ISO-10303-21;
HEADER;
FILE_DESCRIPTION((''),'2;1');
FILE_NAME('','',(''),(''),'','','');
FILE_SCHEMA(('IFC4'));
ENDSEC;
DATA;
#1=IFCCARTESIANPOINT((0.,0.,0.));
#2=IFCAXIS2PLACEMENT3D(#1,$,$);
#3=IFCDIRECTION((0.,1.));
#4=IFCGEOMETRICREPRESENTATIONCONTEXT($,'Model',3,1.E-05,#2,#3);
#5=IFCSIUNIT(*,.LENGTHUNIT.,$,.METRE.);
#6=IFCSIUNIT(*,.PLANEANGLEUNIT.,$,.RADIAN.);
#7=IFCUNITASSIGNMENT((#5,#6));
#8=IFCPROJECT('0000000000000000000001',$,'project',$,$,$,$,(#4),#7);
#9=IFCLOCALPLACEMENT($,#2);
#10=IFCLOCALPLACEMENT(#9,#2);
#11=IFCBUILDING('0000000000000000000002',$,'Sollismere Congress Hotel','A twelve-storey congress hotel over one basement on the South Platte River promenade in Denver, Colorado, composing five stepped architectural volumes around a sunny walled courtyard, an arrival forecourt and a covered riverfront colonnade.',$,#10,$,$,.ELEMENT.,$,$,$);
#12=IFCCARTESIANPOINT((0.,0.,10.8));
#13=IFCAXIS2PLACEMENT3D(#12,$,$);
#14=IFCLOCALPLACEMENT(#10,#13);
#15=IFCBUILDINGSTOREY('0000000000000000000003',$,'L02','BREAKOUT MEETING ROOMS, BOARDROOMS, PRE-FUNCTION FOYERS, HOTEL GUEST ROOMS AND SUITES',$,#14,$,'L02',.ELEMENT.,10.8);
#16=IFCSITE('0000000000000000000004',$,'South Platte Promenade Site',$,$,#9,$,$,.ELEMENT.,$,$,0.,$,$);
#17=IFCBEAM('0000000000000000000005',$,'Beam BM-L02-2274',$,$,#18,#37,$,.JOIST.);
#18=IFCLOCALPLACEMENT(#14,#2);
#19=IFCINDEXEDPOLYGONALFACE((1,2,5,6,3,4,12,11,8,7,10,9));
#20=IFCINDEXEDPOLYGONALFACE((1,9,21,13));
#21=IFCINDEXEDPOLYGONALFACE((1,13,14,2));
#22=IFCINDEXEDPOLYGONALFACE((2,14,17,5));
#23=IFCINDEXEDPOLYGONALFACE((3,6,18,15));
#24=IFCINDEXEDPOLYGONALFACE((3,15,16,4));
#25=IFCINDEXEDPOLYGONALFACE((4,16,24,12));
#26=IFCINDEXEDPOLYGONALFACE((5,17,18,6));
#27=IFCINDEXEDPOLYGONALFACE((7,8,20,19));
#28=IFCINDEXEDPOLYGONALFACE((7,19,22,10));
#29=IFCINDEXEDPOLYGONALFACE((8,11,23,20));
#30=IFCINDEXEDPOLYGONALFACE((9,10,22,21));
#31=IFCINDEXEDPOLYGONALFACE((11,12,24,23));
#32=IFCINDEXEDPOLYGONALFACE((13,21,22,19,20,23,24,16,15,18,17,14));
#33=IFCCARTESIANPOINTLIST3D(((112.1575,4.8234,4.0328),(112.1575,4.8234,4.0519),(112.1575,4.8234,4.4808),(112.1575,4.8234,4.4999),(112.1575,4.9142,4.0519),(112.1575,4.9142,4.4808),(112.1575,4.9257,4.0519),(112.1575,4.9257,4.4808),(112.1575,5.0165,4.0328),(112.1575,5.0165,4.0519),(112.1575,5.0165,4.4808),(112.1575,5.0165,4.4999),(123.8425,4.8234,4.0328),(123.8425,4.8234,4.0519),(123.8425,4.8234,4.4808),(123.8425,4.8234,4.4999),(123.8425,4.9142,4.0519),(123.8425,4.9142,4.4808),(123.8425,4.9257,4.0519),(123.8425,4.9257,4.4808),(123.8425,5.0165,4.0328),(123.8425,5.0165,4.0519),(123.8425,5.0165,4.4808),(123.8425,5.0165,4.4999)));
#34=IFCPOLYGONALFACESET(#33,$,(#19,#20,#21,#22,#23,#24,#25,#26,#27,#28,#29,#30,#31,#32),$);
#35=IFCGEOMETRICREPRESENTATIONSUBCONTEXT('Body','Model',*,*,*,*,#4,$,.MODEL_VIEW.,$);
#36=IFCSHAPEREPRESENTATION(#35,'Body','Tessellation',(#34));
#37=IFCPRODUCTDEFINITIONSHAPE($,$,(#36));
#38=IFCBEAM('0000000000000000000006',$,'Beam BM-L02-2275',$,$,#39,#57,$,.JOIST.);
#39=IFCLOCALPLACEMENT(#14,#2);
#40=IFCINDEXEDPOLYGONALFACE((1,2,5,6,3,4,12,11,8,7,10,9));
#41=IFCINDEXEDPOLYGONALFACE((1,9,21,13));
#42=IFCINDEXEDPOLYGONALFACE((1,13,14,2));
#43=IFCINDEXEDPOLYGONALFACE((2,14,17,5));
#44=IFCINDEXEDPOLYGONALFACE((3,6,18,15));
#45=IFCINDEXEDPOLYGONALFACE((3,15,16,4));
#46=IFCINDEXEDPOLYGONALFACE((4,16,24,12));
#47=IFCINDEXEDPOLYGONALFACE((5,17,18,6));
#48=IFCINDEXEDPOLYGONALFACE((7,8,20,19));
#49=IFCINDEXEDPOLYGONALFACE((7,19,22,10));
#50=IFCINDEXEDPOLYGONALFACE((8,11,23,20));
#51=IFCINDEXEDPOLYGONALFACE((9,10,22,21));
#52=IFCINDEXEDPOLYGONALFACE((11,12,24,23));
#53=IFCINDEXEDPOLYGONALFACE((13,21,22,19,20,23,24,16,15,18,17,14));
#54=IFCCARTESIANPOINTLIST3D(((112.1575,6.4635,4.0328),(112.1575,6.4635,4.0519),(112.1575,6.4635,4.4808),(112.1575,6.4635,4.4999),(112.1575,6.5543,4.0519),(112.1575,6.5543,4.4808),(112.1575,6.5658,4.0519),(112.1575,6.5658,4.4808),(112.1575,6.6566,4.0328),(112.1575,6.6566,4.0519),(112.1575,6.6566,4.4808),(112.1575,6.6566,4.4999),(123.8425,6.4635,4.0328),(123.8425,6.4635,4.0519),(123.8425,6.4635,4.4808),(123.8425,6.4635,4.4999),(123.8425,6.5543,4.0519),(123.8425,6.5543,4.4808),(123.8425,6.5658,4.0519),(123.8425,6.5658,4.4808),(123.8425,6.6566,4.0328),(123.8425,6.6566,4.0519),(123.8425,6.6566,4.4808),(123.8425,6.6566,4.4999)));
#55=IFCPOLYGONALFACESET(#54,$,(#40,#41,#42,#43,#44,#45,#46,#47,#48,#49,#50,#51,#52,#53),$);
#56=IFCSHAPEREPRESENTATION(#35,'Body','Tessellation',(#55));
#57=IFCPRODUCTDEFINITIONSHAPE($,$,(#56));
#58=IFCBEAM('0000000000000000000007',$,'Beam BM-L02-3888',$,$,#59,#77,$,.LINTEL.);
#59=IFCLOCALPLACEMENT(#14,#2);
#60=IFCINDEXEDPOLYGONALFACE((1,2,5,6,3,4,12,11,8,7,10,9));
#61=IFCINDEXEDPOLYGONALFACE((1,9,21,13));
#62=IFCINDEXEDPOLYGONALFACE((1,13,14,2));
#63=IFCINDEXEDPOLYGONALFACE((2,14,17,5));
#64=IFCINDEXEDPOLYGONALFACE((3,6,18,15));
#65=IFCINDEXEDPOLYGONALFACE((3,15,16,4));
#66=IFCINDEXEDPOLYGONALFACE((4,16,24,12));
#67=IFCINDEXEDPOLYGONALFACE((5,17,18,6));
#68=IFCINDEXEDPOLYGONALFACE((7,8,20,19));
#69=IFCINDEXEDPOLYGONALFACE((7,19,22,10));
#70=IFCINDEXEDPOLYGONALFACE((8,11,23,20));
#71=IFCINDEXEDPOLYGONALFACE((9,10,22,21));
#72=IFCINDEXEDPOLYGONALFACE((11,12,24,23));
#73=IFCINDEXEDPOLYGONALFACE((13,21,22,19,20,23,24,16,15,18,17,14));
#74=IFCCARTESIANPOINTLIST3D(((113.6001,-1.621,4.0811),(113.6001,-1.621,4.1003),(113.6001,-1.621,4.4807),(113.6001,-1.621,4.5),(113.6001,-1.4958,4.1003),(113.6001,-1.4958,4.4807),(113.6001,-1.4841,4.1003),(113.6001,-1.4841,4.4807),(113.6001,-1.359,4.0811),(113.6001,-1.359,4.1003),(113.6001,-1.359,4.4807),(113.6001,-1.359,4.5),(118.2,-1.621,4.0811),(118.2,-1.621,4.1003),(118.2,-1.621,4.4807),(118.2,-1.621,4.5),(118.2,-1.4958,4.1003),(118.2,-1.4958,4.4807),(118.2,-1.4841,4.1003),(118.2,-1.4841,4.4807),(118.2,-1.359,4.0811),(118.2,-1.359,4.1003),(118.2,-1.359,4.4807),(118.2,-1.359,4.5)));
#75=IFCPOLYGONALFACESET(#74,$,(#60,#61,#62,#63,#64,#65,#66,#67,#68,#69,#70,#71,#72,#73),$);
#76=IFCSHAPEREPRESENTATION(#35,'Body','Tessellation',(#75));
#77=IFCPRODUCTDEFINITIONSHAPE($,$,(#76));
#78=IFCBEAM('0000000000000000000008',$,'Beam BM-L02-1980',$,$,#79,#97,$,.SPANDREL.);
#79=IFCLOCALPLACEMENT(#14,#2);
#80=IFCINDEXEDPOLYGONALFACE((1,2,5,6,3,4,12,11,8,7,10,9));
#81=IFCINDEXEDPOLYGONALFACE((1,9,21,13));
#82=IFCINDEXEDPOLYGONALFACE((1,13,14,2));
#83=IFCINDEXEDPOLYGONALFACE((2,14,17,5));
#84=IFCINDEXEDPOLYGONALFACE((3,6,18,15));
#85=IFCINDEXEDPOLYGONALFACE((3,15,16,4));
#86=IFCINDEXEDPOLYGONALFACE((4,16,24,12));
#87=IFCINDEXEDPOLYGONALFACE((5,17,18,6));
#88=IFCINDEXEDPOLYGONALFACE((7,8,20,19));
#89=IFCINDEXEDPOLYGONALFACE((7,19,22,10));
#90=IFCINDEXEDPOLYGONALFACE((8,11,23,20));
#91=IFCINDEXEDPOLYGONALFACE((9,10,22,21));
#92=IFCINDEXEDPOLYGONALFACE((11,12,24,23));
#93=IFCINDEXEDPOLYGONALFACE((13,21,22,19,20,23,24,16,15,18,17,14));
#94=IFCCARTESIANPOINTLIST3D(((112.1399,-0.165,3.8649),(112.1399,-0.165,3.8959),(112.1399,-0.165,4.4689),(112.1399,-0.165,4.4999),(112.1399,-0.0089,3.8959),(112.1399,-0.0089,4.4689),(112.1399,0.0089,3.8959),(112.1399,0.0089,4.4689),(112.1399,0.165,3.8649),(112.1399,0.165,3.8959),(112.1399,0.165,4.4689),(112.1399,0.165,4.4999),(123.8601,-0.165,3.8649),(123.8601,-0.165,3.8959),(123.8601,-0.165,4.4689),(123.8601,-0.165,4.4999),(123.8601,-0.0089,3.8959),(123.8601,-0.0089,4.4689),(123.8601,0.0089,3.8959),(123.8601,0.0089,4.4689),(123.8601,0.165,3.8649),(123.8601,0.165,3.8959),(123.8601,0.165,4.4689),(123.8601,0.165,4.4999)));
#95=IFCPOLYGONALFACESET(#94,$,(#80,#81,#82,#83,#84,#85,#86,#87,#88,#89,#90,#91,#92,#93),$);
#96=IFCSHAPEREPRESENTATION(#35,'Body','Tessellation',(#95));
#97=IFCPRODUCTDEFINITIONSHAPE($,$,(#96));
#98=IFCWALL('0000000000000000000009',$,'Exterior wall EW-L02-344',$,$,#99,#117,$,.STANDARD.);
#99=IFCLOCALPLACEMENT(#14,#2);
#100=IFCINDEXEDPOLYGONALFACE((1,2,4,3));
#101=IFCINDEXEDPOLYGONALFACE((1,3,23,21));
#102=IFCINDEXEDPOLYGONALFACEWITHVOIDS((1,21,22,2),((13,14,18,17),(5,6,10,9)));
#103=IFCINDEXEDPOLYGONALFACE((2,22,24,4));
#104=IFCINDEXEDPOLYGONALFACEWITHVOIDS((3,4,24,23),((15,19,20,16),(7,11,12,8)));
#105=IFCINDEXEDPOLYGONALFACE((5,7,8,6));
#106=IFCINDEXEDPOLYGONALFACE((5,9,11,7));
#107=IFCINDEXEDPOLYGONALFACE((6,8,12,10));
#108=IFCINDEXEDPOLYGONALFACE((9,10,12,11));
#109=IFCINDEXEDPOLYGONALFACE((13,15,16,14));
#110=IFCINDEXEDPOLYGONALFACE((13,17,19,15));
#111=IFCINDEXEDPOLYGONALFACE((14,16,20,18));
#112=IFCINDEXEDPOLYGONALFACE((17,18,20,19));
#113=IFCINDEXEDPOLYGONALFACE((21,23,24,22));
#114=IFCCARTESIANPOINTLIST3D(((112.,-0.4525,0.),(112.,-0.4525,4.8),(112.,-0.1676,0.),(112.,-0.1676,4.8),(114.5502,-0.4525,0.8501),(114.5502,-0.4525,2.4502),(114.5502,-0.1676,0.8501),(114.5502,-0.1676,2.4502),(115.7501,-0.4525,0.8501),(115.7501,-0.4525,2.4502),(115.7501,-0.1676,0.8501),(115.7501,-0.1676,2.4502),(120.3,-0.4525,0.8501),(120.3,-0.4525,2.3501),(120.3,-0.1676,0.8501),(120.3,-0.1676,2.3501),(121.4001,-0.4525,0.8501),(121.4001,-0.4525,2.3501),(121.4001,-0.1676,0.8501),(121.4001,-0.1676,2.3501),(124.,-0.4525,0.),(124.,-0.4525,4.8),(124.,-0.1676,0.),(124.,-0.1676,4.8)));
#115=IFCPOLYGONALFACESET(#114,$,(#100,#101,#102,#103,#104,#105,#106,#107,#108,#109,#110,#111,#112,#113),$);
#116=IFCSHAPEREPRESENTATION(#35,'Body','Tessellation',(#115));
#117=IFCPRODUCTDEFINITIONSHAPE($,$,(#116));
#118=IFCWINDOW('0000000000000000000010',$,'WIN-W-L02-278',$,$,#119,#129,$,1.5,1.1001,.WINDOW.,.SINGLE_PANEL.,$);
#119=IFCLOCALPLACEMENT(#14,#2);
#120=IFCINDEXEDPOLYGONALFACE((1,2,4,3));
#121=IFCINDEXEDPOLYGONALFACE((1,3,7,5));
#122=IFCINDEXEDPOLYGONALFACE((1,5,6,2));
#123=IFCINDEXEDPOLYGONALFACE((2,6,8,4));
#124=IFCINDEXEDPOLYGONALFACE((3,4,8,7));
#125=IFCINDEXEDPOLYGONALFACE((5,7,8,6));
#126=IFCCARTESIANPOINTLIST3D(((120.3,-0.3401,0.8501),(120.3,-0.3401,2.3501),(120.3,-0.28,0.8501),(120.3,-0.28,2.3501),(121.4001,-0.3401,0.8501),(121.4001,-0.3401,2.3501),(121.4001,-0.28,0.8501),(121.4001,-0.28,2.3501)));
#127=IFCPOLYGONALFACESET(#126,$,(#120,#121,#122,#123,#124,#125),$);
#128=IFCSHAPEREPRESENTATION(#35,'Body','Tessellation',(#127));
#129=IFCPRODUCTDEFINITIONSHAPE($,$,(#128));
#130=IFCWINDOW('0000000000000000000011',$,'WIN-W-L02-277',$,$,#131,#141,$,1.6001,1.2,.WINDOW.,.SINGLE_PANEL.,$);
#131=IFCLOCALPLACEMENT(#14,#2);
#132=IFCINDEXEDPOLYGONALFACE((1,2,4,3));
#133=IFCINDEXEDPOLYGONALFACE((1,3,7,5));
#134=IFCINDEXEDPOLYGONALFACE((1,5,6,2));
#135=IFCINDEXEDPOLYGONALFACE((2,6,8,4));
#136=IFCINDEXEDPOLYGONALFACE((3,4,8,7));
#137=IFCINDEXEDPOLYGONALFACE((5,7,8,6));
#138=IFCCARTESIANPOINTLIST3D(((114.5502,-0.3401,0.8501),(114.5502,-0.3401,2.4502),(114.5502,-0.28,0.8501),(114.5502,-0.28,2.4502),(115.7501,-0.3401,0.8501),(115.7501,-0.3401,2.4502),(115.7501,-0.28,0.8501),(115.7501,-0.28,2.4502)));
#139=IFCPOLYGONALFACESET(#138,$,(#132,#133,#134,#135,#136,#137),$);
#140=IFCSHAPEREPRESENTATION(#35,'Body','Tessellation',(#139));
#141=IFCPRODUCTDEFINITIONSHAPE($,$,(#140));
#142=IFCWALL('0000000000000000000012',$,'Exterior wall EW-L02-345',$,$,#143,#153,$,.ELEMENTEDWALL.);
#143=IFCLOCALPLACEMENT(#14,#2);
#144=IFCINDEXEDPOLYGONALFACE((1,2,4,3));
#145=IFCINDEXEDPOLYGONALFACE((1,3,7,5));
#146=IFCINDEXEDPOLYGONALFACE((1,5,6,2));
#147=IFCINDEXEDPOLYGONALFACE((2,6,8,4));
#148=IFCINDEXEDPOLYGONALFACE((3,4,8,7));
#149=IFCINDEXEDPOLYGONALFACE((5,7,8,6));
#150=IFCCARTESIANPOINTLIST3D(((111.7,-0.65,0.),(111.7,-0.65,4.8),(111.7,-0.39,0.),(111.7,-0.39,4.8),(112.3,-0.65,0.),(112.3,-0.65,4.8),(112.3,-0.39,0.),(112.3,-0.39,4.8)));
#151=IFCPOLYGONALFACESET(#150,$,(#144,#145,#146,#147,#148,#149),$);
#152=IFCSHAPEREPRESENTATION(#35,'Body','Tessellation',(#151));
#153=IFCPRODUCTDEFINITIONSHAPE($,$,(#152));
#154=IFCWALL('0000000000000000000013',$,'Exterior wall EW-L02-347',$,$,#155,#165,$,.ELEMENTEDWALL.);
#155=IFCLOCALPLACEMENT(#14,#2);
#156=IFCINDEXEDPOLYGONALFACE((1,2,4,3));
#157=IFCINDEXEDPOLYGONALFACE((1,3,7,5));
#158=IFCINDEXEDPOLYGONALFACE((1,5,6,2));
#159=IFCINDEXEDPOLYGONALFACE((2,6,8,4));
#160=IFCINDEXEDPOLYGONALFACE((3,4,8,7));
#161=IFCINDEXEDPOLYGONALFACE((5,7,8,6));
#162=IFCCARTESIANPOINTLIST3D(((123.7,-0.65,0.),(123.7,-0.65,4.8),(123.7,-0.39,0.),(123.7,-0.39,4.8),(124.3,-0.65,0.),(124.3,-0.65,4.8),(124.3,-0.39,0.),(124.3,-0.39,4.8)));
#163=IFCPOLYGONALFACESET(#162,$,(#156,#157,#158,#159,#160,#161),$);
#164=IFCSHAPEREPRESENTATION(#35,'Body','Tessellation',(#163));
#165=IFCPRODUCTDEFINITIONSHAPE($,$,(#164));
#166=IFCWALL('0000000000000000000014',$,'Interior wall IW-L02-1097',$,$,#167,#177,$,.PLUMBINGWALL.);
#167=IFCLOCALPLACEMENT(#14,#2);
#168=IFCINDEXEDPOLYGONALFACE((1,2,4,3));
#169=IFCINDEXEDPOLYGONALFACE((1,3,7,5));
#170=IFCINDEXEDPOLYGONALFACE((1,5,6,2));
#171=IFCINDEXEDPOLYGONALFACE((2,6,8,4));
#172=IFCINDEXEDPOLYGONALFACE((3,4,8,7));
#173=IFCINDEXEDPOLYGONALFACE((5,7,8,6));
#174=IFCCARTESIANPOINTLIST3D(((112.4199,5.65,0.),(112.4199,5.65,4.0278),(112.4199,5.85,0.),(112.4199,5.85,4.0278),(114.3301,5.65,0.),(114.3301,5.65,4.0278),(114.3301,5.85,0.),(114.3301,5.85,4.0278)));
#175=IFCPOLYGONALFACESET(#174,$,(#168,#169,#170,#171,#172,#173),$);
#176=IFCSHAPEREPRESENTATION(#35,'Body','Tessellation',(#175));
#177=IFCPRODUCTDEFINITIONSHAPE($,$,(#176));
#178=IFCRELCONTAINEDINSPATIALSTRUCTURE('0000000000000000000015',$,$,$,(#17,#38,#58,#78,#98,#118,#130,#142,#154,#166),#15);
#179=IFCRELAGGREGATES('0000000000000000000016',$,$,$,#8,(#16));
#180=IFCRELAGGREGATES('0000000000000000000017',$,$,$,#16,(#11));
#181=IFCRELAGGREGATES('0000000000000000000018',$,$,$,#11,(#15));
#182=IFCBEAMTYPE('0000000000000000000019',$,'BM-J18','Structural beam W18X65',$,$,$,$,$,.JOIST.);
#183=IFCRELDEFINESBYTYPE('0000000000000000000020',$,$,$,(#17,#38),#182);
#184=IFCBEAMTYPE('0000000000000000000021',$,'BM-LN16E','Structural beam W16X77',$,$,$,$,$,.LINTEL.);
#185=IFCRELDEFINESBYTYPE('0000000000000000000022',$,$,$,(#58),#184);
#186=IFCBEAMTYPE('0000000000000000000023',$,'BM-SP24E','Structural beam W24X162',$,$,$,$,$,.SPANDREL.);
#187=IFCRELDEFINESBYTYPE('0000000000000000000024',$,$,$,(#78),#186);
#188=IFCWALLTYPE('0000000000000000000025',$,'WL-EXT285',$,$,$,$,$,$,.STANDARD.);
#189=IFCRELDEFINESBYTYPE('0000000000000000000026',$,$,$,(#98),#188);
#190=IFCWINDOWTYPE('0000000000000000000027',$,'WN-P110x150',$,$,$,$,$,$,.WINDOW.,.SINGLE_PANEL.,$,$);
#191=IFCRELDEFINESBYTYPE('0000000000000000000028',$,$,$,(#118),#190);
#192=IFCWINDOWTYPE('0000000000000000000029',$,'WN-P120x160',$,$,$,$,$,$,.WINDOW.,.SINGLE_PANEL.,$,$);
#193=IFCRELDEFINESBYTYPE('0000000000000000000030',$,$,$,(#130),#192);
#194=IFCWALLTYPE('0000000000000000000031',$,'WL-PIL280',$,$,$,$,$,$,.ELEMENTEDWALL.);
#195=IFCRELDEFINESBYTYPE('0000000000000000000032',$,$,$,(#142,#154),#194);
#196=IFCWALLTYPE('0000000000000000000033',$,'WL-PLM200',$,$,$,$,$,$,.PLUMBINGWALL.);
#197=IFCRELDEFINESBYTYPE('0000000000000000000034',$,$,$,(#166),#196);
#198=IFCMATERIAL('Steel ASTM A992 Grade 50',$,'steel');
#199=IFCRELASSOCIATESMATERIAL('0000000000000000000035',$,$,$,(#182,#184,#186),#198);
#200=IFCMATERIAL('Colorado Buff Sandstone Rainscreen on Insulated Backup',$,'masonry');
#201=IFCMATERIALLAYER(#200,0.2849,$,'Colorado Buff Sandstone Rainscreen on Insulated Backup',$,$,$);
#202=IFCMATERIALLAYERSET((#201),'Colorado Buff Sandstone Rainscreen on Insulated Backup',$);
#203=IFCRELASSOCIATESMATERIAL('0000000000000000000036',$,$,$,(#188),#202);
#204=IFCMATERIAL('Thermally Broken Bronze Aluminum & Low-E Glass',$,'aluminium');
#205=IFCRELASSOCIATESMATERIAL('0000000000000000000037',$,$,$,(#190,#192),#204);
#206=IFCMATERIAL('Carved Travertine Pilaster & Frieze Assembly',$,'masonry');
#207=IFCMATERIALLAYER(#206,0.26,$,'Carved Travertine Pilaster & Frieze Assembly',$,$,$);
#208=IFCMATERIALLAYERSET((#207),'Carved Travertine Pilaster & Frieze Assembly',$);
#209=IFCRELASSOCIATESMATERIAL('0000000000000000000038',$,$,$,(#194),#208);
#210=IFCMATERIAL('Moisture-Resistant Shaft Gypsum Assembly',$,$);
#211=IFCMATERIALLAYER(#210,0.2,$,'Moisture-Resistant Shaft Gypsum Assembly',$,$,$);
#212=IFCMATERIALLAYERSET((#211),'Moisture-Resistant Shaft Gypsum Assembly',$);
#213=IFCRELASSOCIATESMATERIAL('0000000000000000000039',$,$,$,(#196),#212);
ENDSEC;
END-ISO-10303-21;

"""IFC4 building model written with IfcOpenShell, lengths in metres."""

from ifc_helpers import new_model, si_unit, direction, frame, frame_2d, origin, origin_2d, place, context, subcontext, project, spatial, rectangle, i_section, extrude, material, layer, layer_set, material_profile, profile_set, type_object, element, fill, save


model = new_model("IFC4")

# Units and contexts
model_context = context("Model", 3, precision=1e-05, world=origin(), true_north=direction((0.0, 1.0)))
body_context = subcontext(model_context, "Body", "Model", "MODEL_VIEW")
ifc_project = project(units=[si_unit("LENGTHUNIT", "METRE"), si_unit("PLANEANGLEUNIT", "RADIAN")], contexts=[model_context])

# Site, building, storey
site_placement = place(None, origin())
site = spatial("IfcSite", under=ifc_project, at=site_placement, Name="South Platte Promenade Site", CompositionType="ELEMENT", RefElevation=0.0)
building_placement = place(site_placement, origin())
building = spatial("IfcBuilding", under=site, at=building_placement, Name="Sollismere Congress Hotel", Description="A twelve-storey congress hotel over one basement on the South Platte River promenade in Denver, Colorado, composing five stepped architectural volumes around a sunny walled courtyard, an arrival forecourt and a covered riverfront colonnade.", CompositionType="ELEMENT")
storey_placement = place(building_placement, frame((0.0, 0.0, 10.8)))
storey = spatial("IfcBuildingStorey", under=building, at=storey_placement, Name="L02", Description="BREAKOUT MEETING ROOMS, BOARDROOMS, PRE-FUNCTION FOYERS, HOTEL GUEST ROOMS AND SUITES", LongName="L02", CompositionType="ELEMENT", Elevation=10.8)

# Shared definitions
ifc_material_1 = material(Name="Steel ASTM A992 Grade 50", Category="steel")

# Beams
ifc_material_profile_1 = material_profile(ifc_material_1, i_section(OverallWidth=0.1931, OverallDepth=0.467, WebThickness=0.0115, FlangeThickness=0.019, at=origin_2d()), Name="W18X65")
ifc_profile_set_1 = profile_set([ifc_material_profile_1], Name="Steel ASTM A992 Grade 50")
beam_type_1 = type_object("IfcBeamType", Name="BM-J18", Description="Structural beam W18X65", PredefinedType="JOIST", material=ifc_profile_set_1)
for number, where, z_axis, x_axis, name in (
    (1, (112.1575, 4.9199, 4.2664), (1.0, 0.0, 0.0), (0.0, 1.0, 0.0), "Beam BM-L02-2274"),
    (2, (112.1575, 6.5601, 4.2664), (1.0, 0.0, 0.0), (0.0, 1.0, 0.0), "Beam BM-L02-2275"),
):
    element("IfcBeam", number, at=place(storey_placement, frame(where, z_axis=z_axis, x_axis=x_axis)), inside=storey, type_object=beam_type_1, Name=name, PredefinedType="JOIST", context=body_context, shape_type="SweptSolid", body=[
        extrude(i_section(OverallWidth=0.1931, OverallDepth=0.467, WebThickness=0.0115, FlangeThickness=0.019, at=origin_2d()), origin(), (0.0, 0.0, 1.0), 11.6851),
    ])
ifc_material_profile_2 = material_profile(ifc_material_1, i_section(OverallWidth=0.262, OverallDepth=0.4189, WebThickness=0.0117, FlangeThickness=0.0193, at=origin_2d()), Name="W16X77")
ifc_profile_set_2 = profile_set([ifc_material_profile_2], Name="Steel ASTM A992 Grade 50")
beam_type_2 = type_object("IfcBeamType", Name="BM-LN16E", Description="Structural beam W16X77", PredefinedType="LINTEL", material=ifc_profile_set_2)
beam_1_placement = place(storey_placement, frame((113.6001, -1.49, 4.2905), z_axis=(1.0, 0.0, 0.0), x_axis=(0.0, 1.0, 0.0)))
element("IfcBeam", 3, at=beam_1_placement, inside=storey, type_object=beam_type_2, Name="Beam BM-L02-3888", PredefinedType="LINTEL", context=body_context, shape_type="SweptSolid", body=[
    extrude(i_section(OverallWidth=0.262, OverallDepth=0.4189, WebThickness=0.0117, FlangeThickness=0.0193, at=origin_2d()), origin(), (0.0, 0.0, 1.0), 4.5999),
])
ifc_material_profile_3 = material_profile(ifc_material_1, i_section(OverallWidth=0.3301, OverallDepth=0.635, WebThickness=0.0178, FlangeThickness=0.031, at=origin_2d()), Name="W24X162")
ifc_profile_set_3 = profile_set([ifc_material_profile_3], Name="Steel ASTM A992 Grade 50")
beam_type_3 = type_object("IfcBeamType", Name="BM-SP24E", Description="Structural beam W24X162", PredefinedType="SPANDREL", material=ifc_profile_set_3)
beam_2_placement = place(storey_placement, frame((112.1399, 0.0, 4.1824), z_axis=(1.0, 0.0, 0.0), x_axis=(0.0, 1.0, 0.0)))
element("IfcBeam", 4, at=beam_2_placement, inside=storey, type_object=beam_type_3, Name="Beam BM-L02-1980", PredefinedType="SPANDREL", context=body_context, shape_type="SweptSolid", body=[
    extrude(i_section(OverallWidth=0.3301, OverallDepth=0.635, WebThickness=0.0178, FlangeThickness=0.031, at=origin_2d()), origin(), (0.0, 0.0, 1.0), 11.7202),
])

# Wall, openings, windows
ifc_material_2 = material(Name="Colorado Buff Sandstone Rainscreen on Insulated Backup", Category="masonry")
ifc_layer_1 = layer(ifc_material_2, 0.2849, Name="Colorado Buff Sandstone Rainscreen on Insulated Backup")
ifc_layer_set_1 = layer_set([ifc_layer_1], Name="Colorado Buff Sandstone Rainscreen on Insulated Backup")
wall_type_1 = type_object("IfcWallType", Name="WL-EXT285", PredefinedType="STANDARD", material=ifc_layer_set_1)
wall_1_placement = place(storey_placement, frame((112.0, -0.3101, 0.0), z_axis=(0.0, 0.0, 1.0), x_axis=(1.0, 0.0, 0.0)))
wall_1 = element("IfcWall", 5, at=wall_1_placement, inside=storey, type_object=wall_type_1, Name="Exterior wall EW-L02-344", PredefinedType="STANDARD", context=body_context, shape_type="SweptSolid", body=[
    extrude(rectangle(XDim=12.0, YDim=0.2849, at=frame_2d((6.0, 0.0))), origin(), (0.0, 0.0, 1.0), 4.8),
])
opening_1_placement = place(wall_1_placement, frame((2.55, 0.0, 0.8501)))
opening_1 = element("IfcOpeningElement", 6, at=opening_1_placement, cuts=wall_1, PredefinedType="OPENING", context=body_context, shape_type="SweptSolid", body=[
    extrude(rectangle(XDim=1.2, YDim=1.6001, at=frame_2d((0.6001, 0.8))), frame((0.0, 0.1523, 0.0), z_axis=(0.0, -1.0, 0.0), x_axis=(1.0, 0.0, 0.0)), (0.0, 0.0, 1.0), 0.3049),
])
opening_2_placement = place(wall_1_placement, frame((8.3, 0.0, 0.8501)))
opening_2 = element("IfcOpeningElement", 7, at=opening_2_placement, cuts=wall_1, PredefinedType="OPENING", context=body_context, shape_type="SweptSolid", body=[
    extrude(rectangle(XDim=1.1001, YDim=1.5, at=frame_2d((0.55, 0.75))), frame((0.0, 0.1523, 0.0), z_axis=(0.0, -1.0, 0.0), x_axis=(1.0, 0.0, 0.0)), (0.0, 0.0, 1.0), 0.3049),
])
ifc_material_3 = material(Name="Thermally Broken Bronze Aluminum & Low-E Glass", Category="aluminium")
window_type_1 = type_object("IfcWindowType", Name="WN-P110x150", PartitioningType="SINGLE_PANEL", PredefinedType="WINDOW", material=ifc_material_3)
window_1_placement = place(opening_2_placement, origin())
window_1 = element("IfcWindow", 8, at=window_1_placement, inside=storey, type_object=window_type_1, Name="WIN-W-L02-278", OverallHeight=1.5, OverallWidth=1.1001, PartitioningType="SINGLE_PANEL", PredefinedType="WINDOW", context=body_context, shape_type="SweptSolid", body=[
    extrude(rectangle(XDim=1.1001, YDim=1.5, at=frame_2d((0.55, 0.75))), frame((0.0, 0.03, 0.0), z_axis=(0.0, -1.0, 0.0), x_axis=(1.0, 0.0, 0.0)), (0.0, 0.0, 1.0), 0.0601),
])
fill(opening_2, window_1)
window_type_2 = type_object("IfcWindowType", Name="WN-P120x160", PartitioningType="SINGLE_PANEL", PredefinedType="WINDOW", material=ifc_material_3)
window_2_placement = place(opening_1_placement, origin())
window_2 = element("IfcWindow", 9, at=window_2_placement, inside=storey, type_object=window_type_2, Name="WIN-W-L02-277", OverallHeight=1.6001, OverallWidth=1.2, PartitioningType="SINGLE_PANEL", PredefinedType="WINDOW", context=body_context, shape_type="SweptSolid", body=[
    extrude(rectangle(XDim=1.2, YDim=1.6001, at=frame_2d((0.6001, 0.8))), frame((0.0, 0.03, 0.0), z_axis=(0.0, -1.0, 0.0), x_axis=(1.0, 0.0, 0.0)), (0.0, 0.0, 1.0), 0.0601),
])
fill(opening_1, window_2)

# Walls
ifc_material_4 = material(Name="Carved Travertine Pilaster & Frieze Assembly", Category="masonry")
ifc_layer_2 = layer(ifc_material_4, 0.26, Name="Carved Travertine Pilaster & Frieze Assembly")
ifc_layer_set_2 = layer_set([ifc_layer_2], Name="Carved Travertine Pilaster & Frieze Assembly")
wall_type_2 = type_object("IfcWallType", Name="WL-PIL280", PredefinedType="ELEMENTEDWALL", material=ifc_layer_set_2)
for number, where, z_axis, x_axis, name in (
    (10, (111.7, -0.52, 0.0), (0.0, 0.0, 1.0), (1.0, 0.0, 0.0), "Exterior wall EW-L02-345"),
    (11, (123.7, -0.52, 0.0), (0.0, 0.0, 1.0), (1.0, 0.0, 0.0), "Exterior wall EW-L02-347"),
):
    element("IfcWall", number, at=place(storey_placement, frame(where, z_axis=z_axis, x_axis=x_axis)), inside=storey, type_object=wall_type_2, Name=name, PredefinedType="ELEMENTEDWALL", context=body_context, shape_type="SweptSolid", body=[
        extrude(rectangle(XDim=0.6001, YDim=0.26, at=frame_2d((0.3, 0.0))), origin(), (0.0, 0.0, 1.0), 4.8),
    ])
ifc_material_5 = material(Name="Moisture-Resistant Shaft Gypsum Assembly")
ifc_layer_3 = layer(ifc_material_5, 0.2, Name="Moisture-Resistant Shaft Gypsum Assembly")
ifc_layer_set_3 = layer_set([ifc_layer_3], Name="Moisture-Resistant Shaft Gypsum Assembly")
wall_type_3 = type_object("IfcWallType", Name="WL-PLM200", PredefinedType="PLUMBINGWALL", material=ifc_layer_set_3)
wall_2_placement = place(storey_placement, frame((112.4199, 5.75, 0.0), z_axis=(0.0, 0.0, 1.0), x_axis=(1.0, 0.0, 0.0)))
element("IfcWall", 12, at=wall_2_placement, inside=storey, type_object=wall_type_3, Name="Interior wall IW-L02-1097", PredefinedType="PLUMBINGWALL", context=body_context, shape_type="SweptSolid", body=[
    extrude(rectangle(XDim=1.9102, YDim=0.2, at=frame_2d((0.9551, 0.0))), origin(), (0.0, 0.0, 1.0), 4.0278),
])

save(model, "model.ifc")
